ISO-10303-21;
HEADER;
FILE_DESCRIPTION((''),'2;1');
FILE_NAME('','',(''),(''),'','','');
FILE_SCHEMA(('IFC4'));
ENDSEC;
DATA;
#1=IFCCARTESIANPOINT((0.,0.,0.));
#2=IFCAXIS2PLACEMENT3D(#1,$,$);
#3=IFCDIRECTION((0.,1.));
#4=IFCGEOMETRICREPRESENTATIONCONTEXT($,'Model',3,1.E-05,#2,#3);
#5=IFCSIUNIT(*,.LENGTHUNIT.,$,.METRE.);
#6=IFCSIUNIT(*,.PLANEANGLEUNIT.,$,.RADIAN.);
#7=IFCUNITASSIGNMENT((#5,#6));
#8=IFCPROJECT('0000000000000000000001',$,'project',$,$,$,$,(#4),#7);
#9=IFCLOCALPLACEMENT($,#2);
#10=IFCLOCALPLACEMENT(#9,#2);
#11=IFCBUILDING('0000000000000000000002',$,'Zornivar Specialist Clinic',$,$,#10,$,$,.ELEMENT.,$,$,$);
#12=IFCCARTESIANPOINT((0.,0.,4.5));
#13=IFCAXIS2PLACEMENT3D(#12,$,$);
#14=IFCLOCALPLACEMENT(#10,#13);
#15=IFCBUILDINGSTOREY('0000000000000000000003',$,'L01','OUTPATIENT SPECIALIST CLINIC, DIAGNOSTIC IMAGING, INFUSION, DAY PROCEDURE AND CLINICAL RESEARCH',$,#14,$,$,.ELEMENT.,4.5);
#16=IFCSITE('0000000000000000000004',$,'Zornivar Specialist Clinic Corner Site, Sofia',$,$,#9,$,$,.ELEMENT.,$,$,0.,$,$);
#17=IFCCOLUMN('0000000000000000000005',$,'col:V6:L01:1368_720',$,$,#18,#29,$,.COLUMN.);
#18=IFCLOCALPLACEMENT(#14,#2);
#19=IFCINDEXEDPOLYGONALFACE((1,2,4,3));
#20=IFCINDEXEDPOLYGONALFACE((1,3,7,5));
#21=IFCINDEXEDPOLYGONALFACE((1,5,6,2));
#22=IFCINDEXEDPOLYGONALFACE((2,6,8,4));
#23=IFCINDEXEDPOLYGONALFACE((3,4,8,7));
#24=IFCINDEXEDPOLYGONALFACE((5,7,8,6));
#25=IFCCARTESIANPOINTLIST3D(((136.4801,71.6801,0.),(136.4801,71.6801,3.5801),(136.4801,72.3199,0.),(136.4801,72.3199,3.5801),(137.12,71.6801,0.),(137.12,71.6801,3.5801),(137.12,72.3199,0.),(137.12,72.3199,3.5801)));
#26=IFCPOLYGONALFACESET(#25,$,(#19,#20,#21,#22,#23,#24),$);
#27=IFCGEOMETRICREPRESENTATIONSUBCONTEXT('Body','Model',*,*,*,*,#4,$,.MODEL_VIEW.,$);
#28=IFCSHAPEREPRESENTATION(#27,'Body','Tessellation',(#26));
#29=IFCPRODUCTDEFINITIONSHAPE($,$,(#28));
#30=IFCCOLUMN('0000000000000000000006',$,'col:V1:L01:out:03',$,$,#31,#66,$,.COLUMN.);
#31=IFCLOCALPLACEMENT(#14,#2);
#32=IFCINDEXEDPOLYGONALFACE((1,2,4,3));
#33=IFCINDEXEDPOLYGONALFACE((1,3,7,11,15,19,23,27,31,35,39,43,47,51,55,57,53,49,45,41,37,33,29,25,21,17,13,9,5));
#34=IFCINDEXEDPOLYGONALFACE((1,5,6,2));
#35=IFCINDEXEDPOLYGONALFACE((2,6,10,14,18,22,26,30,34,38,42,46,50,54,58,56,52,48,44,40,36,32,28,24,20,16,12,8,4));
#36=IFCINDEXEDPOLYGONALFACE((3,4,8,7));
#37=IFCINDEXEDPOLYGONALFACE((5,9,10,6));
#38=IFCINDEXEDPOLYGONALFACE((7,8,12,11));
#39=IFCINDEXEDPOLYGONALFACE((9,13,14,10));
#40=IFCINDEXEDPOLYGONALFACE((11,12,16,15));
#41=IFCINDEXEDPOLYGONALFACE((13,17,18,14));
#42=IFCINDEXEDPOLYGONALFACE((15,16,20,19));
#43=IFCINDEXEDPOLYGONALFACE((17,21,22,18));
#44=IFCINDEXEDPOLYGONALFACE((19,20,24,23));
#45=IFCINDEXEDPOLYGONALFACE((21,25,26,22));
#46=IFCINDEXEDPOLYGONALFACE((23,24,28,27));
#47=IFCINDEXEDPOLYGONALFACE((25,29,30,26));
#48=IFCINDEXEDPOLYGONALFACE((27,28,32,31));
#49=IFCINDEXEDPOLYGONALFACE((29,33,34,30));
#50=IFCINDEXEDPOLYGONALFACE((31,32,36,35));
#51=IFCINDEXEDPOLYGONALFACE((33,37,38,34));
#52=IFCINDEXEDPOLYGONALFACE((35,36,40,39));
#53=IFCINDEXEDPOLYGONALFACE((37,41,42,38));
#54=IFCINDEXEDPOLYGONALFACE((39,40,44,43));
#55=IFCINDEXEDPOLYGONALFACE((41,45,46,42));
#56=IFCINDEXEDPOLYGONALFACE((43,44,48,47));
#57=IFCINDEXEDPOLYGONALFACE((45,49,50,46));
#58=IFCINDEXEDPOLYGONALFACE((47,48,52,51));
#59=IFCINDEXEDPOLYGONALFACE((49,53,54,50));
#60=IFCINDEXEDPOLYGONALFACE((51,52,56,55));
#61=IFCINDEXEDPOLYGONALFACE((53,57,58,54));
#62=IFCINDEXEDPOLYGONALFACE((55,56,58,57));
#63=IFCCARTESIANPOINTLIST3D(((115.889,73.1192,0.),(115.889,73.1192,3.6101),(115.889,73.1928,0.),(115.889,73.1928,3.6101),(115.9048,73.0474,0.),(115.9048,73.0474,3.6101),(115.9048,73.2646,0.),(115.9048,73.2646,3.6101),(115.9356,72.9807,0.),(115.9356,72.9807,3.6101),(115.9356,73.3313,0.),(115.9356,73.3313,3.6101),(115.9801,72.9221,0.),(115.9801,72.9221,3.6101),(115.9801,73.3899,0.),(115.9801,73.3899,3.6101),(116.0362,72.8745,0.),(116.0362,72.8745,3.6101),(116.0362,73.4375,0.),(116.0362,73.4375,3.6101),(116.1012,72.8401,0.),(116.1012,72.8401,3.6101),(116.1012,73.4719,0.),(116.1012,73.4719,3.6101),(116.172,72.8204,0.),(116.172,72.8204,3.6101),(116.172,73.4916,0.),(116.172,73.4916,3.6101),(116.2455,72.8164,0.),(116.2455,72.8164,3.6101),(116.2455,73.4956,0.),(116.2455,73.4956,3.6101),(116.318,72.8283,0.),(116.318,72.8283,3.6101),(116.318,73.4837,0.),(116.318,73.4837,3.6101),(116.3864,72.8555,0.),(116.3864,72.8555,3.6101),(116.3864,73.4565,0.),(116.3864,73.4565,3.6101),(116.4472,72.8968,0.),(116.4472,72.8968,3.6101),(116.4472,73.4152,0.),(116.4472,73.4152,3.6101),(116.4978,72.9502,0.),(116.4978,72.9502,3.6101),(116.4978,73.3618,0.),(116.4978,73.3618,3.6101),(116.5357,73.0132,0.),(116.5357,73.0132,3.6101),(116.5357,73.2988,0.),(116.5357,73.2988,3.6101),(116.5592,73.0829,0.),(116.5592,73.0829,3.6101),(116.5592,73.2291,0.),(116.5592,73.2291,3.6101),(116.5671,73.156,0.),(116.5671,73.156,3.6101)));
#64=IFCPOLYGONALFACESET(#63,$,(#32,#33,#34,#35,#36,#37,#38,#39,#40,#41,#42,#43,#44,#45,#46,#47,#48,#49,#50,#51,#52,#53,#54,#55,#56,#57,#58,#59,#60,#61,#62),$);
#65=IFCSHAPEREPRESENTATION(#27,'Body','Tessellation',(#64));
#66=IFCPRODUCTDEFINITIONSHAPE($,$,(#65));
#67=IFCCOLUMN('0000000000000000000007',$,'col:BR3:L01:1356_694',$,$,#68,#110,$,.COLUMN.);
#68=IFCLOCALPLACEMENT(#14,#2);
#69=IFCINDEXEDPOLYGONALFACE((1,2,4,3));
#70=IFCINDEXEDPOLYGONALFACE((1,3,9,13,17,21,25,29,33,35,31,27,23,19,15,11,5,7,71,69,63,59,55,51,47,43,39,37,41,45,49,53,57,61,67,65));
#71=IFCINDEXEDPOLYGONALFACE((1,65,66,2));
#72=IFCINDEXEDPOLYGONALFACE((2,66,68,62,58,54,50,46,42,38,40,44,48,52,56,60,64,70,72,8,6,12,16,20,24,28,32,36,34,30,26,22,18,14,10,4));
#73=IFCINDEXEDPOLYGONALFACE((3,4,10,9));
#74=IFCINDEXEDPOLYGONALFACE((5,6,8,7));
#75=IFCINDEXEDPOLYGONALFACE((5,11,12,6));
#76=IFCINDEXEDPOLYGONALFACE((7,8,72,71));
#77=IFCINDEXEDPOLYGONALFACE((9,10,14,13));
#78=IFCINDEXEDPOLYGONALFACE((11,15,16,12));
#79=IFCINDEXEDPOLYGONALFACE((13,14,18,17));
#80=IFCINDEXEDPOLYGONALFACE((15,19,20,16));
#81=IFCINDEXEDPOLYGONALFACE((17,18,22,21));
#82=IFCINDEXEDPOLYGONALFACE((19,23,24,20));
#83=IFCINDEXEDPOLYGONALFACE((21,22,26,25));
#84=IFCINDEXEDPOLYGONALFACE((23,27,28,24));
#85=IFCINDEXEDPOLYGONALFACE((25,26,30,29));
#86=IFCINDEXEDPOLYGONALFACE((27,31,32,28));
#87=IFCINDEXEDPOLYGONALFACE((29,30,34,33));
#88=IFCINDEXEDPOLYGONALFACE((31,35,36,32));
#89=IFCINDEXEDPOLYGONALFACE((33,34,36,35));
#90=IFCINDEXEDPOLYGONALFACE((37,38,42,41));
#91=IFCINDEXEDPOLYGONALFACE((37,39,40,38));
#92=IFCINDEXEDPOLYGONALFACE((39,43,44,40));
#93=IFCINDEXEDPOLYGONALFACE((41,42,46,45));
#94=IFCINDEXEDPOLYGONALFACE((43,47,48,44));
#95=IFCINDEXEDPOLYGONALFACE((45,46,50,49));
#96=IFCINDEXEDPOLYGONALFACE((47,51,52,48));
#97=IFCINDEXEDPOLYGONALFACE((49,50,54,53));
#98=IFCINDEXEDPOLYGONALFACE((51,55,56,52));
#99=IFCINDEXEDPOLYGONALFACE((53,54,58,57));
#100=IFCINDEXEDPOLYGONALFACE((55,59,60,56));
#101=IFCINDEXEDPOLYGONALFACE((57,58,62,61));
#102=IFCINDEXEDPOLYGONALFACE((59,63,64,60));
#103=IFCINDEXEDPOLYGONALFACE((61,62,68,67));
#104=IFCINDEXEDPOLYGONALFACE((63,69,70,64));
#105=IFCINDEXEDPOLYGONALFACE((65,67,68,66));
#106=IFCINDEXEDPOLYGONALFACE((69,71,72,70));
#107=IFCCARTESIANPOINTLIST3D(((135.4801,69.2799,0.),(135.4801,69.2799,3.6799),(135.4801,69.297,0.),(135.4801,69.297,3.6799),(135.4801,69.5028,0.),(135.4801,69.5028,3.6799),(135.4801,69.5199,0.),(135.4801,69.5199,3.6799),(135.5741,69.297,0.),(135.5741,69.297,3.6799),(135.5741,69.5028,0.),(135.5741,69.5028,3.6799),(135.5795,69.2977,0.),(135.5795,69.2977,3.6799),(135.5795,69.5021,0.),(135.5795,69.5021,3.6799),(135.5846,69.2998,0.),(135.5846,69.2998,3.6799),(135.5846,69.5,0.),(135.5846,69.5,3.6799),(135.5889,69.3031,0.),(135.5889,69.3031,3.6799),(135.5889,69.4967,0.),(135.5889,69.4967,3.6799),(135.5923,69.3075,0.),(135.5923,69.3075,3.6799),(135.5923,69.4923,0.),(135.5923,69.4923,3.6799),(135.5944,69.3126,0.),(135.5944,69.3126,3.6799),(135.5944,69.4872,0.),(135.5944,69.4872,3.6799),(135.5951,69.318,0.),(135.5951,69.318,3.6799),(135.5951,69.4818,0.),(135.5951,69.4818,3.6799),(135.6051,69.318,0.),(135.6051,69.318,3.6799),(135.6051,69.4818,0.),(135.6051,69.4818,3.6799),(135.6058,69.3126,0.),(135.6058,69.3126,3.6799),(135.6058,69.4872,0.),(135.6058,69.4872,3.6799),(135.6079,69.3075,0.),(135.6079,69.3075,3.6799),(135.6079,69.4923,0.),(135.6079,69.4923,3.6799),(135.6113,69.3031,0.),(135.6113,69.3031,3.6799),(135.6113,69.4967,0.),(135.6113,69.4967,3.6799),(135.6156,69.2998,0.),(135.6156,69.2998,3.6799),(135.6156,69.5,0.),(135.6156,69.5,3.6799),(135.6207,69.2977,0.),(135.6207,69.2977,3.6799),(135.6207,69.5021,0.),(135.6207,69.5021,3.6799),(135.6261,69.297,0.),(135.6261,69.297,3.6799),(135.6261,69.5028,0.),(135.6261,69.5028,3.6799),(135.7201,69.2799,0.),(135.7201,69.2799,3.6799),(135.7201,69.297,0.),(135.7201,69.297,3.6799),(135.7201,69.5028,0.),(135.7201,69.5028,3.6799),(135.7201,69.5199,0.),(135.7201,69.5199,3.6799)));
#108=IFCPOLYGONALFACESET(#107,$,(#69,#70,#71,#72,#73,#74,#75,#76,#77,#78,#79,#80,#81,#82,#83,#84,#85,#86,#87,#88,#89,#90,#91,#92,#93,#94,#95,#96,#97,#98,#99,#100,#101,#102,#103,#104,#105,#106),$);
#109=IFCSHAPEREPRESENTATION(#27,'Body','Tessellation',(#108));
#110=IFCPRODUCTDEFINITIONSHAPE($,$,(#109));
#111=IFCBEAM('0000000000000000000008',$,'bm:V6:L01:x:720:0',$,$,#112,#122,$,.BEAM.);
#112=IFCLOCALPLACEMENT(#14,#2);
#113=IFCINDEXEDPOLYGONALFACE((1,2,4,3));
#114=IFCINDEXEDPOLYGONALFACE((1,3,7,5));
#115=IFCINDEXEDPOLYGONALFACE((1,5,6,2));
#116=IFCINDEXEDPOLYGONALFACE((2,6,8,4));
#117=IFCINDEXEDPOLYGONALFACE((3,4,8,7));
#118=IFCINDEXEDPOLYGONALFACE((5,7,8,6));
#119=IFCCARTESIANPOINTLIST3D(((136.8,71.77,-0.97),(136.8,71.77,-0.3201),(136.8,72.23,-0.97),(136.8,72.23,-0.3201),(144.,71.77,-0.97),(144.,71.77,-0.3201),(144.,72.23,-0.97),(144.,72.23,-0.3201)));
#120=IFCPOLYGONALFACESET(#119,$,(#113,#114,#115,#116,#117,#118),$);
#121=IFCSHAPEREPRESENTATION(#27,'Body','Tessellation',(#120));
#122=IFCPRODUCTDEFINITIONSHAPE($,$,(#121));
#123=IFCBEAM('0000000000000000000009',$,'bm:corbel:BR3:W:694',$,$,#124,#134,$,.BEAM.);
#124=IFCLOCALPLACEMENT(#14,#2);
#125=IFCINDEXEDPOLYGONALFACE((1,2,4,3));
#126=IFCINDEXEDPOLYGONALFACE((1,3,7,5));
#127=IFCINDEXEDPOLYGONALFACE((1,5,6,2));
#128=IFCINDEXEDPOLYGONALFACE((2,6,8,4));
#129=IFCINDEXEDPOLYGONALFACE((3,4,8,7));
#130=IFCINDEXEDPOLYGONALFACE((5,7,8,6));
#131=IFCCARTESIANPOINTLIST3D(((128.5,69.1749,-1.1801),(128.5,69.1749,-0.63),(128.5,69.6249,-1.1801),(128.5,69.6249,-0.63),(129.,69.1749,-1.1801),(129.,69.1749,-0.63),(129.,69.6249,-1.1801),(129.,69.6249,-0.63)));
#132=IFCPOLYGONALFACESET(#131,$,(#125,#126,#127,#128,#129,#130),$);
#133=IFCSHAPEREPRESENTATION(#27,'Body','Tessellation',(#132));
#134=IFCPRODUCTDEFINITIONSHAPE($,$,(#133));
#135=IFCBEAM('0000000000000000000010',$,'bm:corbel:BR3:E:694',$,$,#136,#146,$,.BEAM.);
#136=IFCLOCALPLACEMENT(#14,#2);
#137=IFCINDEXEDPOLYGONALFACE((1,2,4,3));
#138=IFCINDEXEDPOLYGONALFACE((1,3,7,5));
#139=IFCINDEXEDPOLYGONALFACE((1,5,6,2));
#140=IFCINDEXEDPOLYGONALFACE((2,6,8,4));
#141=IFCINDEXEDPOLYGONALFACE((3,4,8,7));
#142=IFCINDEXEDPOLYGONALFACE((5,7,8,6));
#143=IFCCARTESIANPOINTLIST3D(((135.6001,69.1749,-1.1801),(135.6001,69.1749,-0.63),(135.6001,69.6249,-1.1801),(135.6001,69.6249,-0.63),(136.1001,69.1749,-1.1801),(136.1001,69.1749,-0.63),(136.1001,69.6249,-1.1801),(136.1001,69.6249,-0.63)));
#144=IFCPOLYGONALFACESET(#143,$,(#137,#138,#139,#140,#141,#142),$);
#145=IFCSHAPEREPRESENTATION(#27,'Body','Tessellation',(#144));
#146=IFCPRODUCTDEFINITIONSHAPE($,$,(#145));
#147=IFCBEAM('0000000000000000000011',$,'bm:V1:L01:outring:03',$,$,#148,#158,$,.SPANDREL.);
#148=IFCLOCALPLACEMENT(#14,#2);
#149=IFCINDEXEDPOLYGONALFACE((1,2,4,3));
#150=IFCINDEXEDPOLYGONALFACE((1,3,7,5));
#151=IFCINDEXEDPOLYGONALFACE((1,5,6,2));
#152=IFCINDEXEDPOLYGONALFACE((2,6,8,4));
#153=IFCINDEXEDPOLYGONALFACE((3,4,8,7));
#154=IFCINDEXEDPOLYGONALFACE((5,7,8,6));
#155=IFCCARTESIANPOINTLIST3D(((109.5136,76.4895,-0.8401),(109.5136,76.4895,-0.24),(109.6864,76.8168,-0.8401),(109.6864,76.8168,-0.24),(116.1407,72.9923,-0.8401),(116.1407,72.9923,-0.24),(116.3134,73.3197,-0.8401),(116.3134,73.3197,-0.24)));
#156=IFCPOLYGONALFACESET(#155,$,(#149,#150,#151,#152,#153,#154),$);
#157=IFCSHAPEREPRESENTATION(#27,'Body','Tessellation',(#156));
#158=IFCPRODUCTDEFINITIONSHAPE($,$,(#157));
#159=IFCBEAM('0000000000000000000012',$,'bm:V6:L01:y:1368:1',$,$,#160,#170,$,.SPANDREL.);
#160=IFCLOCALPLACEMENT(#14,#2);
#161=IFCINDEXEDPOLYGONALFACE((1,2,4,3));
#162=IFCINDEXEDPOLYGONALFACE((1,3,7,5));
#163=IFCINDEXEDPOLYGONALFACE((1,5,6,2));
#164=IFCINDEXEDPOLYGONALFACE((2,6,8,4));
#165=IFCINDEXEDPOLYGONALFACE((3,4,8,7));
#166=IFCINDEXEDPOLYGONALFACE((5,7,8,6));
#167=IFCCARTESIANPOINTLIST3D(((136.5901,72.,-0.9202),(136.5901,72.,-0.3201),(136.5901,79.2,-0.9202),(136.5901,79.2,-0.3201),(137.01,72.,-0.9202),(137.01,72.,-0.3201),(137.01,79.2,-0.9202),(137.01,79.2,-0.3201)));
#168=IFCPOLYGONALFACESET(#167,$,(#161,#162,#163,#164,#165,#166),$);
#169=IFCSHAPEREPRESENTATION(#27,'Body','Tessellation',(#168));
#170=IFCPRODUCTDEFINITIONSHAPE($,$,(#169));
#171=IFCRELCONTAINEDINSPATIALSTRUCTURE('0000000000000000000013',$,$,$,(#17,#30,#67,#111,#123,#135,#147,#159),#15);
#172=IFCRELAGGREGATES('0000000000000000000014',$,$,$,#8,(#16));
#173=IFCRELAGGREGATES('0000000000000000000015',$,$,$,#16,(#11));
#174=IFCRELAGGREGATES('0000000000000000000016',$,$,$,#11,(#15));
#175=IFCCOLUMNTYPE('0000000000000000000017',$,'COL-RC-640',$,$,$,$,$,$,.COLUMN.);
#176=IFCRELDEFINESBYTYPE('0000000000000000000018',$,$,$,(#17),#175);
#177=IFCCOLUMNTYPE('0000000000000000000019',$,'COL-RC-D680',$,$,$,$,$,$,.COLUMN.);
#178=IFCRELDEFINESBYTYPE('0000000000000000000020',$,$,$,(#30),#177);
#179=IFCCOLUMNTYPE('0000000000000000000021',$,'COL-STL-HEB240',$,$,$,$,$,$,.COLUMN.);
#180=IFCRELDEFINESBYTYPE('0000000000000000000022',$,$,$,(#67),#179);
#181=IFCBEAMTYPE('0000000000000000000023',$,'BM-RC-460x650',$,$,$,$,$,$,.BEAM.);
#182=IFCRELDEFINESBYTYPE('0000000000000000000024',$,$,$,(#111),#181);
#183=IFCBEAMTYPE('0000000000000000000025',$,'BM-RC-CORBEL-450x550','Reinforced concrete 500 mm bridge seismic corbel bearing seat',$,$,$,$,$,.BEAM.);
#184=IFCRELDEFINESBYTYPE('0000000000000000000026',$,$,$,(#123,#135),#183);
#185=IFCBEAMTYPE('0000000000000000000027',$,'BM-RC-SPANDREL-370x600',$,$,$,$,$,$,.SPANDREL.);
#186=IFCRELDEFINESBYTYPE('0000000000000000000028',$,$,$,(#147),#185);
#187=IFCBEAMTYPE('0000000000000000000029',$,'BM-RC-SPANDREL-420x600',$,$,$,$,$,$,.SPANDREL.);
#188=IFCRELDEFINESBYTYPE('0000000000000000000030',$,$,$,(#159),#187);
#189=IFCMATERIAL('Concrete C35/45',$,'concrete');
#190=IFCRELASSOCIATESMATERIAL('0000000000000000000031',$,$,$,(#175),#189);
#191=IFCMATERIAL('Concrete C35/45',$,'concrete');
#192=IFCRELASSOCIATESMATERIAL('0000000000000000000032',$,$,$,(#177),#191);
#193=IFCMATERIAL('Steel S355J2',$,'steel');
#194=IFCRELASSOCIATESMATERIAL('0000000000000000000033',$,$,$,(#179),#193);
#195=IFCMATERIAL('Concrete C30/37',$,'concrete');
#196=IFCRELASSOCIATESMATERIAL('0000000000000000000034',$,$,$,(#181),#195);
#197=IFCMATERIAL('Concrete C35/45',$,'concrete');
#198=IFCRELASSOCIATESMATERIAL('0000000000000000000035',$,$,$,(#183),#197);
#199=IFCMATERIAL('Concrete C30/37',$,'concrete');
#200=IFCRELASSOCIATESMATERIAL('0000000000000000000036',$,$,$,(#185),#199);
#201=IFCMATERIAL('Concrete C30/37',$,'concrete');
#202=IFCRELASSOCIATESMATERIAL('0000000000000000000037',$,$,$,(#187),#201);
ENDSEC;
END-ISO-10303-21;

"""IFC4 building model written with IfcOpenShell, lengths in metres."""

from ifc_helpers import new_model, si_unit, direction, frame, origin, origin_2d, place, context, subcontext, project, spatial, rectangle, circle, i_section, extrude, material, material_profile, profile_set, type_object, element, save


model = new_model("IFC4")

# Units and contexts
model_context = context("Model", 3, precision=1e-05, world=origin(), true_north=direction((0.0, 1.0)))
body_context = subcontext(model_context, "Body", "Model", "MODEL_VIEW")
ifc_project = project(units=[si_unit("LENGTHUNIT", "METRE"), si_unit("PLANEANGLEUNIT", "RADIAN")], contexts=[model_context])

# Site, building, storey
site_placement = place(None, origin())
site = spatial("IfcSite", under=ifc_project, at=site_placement, Name="Zornivar Specialist Clinic Corner Site, Sofia", CompositionType="ELEMENT", RefElevation=0.0)
building_placement = place(site_placement, origin())
building = spatial("IfcBuilding", under=site, at=building_placement, Name="Zornivar Specialist Clinic", CompositionType="ELEMENT")
storey_placement = place(building_placement, frame((0.0, 0.0, 4.5)))
storey = spatial("IfcBuildingStorey", under=building, at=storey_placement, Name="L01", Description="OUTPATIENT SPECIALIST CLINIC, DIAGNOSTIC IMAGING, INFUSION, DAY PROCEDURE AND CLINICAL RESEARCH", CompositionType="ELEMENT", Elevation=4.5)

# Columns
ifc_material_1 = material(Name="Concrete C35/45", Category="concrete")
ifc_material_profile_1 = material_profile(ifc_material_1, rectangle(XDim=0.6399, YDim=0.6399, at=origin_2d()), Name="RC 640x640")
ifc_profile_set_1 = profile_set([ifc_material_profile_1], Name="Concrete C35/45")
column_type_1 = type_object("IfcColumnType", Name="COL-RC-640", PredefinedType="COLUMN", material=ifc_profile_set_1)
column_1_placement = place(storey_placement, frame((136.8, 72.0, 0.0), z_axis=(0.0, 0.0, 1.0), x_axis=(1.0, 0.0, 0.0)))
element("IfcColumn", 1, at=column_1_placement, inside=storey, type_object=column_type_1, Name="col:V6:L01:1368_720", PredefinedType="COLUMN", context=body_context, shape_type="SweptSolid", body=[
    extrude(rectangle(XDim=0.6399, YDim=0.6399, at=origin_2d()), origin(), (0.0, 0.0, 1.0), 3.5801),
])
ifc_material_2 = material(Name="Concrete C35/45", Category="concrete")
ifc_material_profile_2 = material_profile(ifc_material_2, circle(Radius=0.3401, at=origin_2d()), Name="RC D680")
ifc_profile_set_2 = profile_set([ifc_material_profile_2], Name="Concrete C35/45")
column_type_2 = type_object("IfcColumnType", Name="COL-RC-D680", PredefinedType="COLUMN", material=ifc_profile_set_2)
column_2_placement = place(storey_placement, frame((116.2271, 73.156, 0.0), z_axis=(0.0, 0.0, 1.0), x_axis=(1.0, 0.0, 0.0)))
element("IfcColumn", 2, at=column_2_placement, inside=storey, type_object=column_type_2, Name="col:V1:L01:out:03", PredefinedType="COLUMN", context=body_context, shape_type="SweptSolid", body=[
    extrude(circle(Radius=0.3401, at=origin_2d()), origin(), (0.0, 0.0, 1.0), 3.6101),
])
ifc_material_3 = material(Name="Steel S355J2", Category="steel")
ifc_material_profile_3 = material_profile(ifc_material_3, i_section(OverallWidth=0.24, OverallDepth=0.24, WebThickness=0.01, FlangeThickness=0.0171, FilletRadius=0.021, at=origin_2d()), Name="HEB 240")
ifc_profile_set_3 = profile_set([ifc_material_profile_3], Name="Steel S355J2")
column_type_3 = type_object("IfcColumnType", Name="COL-STL-HEB240", PredefinedType="COLUMN", material=ifc_profile_set_3)
column_3_placement = place(storey_placement, frame((135.6001, 69.3999, 0.0), z_axis=(0.0, 0.0, 1.0), x_axis=(1.0, 0.0, 0.0)))
element("IfcColumn", 3, at=column_3_placement, inside=storey, type_object=column_type_3, Name="col:BR3:L01:1356_694", PredefinedType="COLUMN", context=body_context, shape_type="SweptSolid", body=[
    extrude(i_section(OverallWidth=0.24, OverallDepth=0.24, WebThickness=0.01, FlangeThickness=0.0171, FilletRadius=0.021, at=origin_2d()), origin(), (0.0, 0.0, 1.0), 3.6799),
])

# Beams
ifc_material_4 = material(Name="Concrete C30/37", Category="concrete")
ifc_material_profile_4 = material_profile(ifc_material_4, rectangle(XDim=0.46, YDim=0.6499, at=origin_2d()), Name="RC 460x650")
ifc_profile_set_4 = profile_set([ifc_material_profile_4], Name="Concrete C30/37")
beam_type_1 = type_object("IfcBeamType", Name="BM-RC-460x650", PredefinedType="BEAM", material=ifc_profile_set_4)
beam_1_placement = place(storey_placement, frame((136.8, 72.0, -0.645), z_axis=(1.0, 0.0, 0.0), x_axis=(0.0, 1.0, 0.0)))
element("IfcBeam", 4, at=beam_1_placement, inside=storey, type_object=beam_type_1, Name="bm:V6:L01:x:720:0", PredefinedType="BEAM", context=body_context, shape_type="SweptSolid", body=[
    extrude(rectangle(XDim=0.46, YDim=0.6499, at=origin_2d()), origin(), (0.0, 0.0, 1.0), 7.2),
])
ifc_material_5 = material(Name="Concrete C35/45", Category="concrete")
ifc_material_profile_5 = material_profile(ifc_material_5, rectangle(XDim=0.45, YDim=0.55, at=origin_2d()), Name="RC 450x550")
ifc_profile_set_5 = profile_set([ifc_material_profile_5], Name="Concrete C35/45")
beam_type_2 = type_object("IfcBeamType", Name="BM-RC-CORBEL-450x550", Description="Reinforced concrete 500 mm bridge seismic corbel bearing seat", PredefinedType="BEAM", material=ifc_profile_set_5)
for number, where, z_axis, x_axis, name in (
    (5, (129.0, 69.3999, -0.905), (-1.0, 0.0, 0.0), (0.0, -1.0, 0.0), "bm:corbel:BR3:W:694"),
    (6, (135.6001, 69.3999, -0.905), (1.0, 0.0, 0.0), (0.0, 1.0, 0.0), "bm:corbel:BR3:E:694"),
):
    element("IfcBeam", number, at=place(storey_placement, frame(where, z_axis=z_axis, x_axis=x_axis)), inside=storey, type_object=beam_type_2, Name=name, PredefinedType="BEAM", context=body_context, shape_type="SweptSolid", body=[
        extrude(rectangle(XDim=0.45, YDim=0.55, at=origin_2d()), origin(), (0.0, 0.0, 1.0), 0.5),
    ])
ifc_material_6 = material(Name="Concrete C30/37", Category="concrete")
ifc_material_profile_6 = material_profile(ifc_material_6, rectangle(XDim=0.3701, YDim=0.6001, at=origin_2d()), Name="RC 370x600")
ifc_profile_set_6 = profile_set([ifc_material_profile_6], Name="Concrete C30/37")
beam_type_3 = type_object("IfcBeamType", Name="BM-RC-SPANDREL-370x600", PredefinedType="SPANDREL", material=ifc_profile_set_6)
beam_2_placement = place(storey_placement, frame((116.2271, 73.156, -0.54), z_axis=(-0.884412, 0.466708, 0.0), x_axis=(-0.466708, -0.884412, 0.0)))
element("IfcBeam", 7, at=beam_2_placement, inside=storey, type_object=beam_type_3, Name="bm:V1:L01:outring:03", PredefinedType="SPANDREL", context=body_context, shape_type="SweptSolid", body=[
    extrude(rectangle(XDim=0.3701, YDim=0.6001, at=origin_2d()), origin(), (0.0, 0.0, 1.0), 7.4932),
])
ifc_material_7 = material(Name="Concrete C30/37", Category="concrete")
ifc_material_profile_7 = material_profile(ifc_material_7, rectangle(XDim=0.4199, YDim=0.6001, at=origin_2d()), Name="RC 420x600")
ifc_profile_set_7 = profile_set([ifc_material_profile_7], Name="Concrete C30/37")
beam_type_4 = type_object("IfcBeamType", Name="BM-RC-SPANDREL-420x600", PredefinedType="SPANDREL", material=ifc_profile_set_7)
beam_3_placement = place(storey_placement, frame((136.8, 72.0, -0.6201), z_axis=(0.0, 1.0, 0.0), x_axis=(-1.0, 0.0, 0.0)))
element("IfcBeam", 8, at=beam_3_placement, inside=storey, type_object=beam_type_4, Name="bm:V6:L01:y:1368:1", PredefinedType="SPANDREL", context=body_context, shape_type="SweptSolid", body=[
    extrude(rectangle(XDim=0.4199, YDim=0.6001, at=origin_2d()), origin(), (0.0, 0.0, 1.0), 7.2),
])

save(model, "model.ifc")
